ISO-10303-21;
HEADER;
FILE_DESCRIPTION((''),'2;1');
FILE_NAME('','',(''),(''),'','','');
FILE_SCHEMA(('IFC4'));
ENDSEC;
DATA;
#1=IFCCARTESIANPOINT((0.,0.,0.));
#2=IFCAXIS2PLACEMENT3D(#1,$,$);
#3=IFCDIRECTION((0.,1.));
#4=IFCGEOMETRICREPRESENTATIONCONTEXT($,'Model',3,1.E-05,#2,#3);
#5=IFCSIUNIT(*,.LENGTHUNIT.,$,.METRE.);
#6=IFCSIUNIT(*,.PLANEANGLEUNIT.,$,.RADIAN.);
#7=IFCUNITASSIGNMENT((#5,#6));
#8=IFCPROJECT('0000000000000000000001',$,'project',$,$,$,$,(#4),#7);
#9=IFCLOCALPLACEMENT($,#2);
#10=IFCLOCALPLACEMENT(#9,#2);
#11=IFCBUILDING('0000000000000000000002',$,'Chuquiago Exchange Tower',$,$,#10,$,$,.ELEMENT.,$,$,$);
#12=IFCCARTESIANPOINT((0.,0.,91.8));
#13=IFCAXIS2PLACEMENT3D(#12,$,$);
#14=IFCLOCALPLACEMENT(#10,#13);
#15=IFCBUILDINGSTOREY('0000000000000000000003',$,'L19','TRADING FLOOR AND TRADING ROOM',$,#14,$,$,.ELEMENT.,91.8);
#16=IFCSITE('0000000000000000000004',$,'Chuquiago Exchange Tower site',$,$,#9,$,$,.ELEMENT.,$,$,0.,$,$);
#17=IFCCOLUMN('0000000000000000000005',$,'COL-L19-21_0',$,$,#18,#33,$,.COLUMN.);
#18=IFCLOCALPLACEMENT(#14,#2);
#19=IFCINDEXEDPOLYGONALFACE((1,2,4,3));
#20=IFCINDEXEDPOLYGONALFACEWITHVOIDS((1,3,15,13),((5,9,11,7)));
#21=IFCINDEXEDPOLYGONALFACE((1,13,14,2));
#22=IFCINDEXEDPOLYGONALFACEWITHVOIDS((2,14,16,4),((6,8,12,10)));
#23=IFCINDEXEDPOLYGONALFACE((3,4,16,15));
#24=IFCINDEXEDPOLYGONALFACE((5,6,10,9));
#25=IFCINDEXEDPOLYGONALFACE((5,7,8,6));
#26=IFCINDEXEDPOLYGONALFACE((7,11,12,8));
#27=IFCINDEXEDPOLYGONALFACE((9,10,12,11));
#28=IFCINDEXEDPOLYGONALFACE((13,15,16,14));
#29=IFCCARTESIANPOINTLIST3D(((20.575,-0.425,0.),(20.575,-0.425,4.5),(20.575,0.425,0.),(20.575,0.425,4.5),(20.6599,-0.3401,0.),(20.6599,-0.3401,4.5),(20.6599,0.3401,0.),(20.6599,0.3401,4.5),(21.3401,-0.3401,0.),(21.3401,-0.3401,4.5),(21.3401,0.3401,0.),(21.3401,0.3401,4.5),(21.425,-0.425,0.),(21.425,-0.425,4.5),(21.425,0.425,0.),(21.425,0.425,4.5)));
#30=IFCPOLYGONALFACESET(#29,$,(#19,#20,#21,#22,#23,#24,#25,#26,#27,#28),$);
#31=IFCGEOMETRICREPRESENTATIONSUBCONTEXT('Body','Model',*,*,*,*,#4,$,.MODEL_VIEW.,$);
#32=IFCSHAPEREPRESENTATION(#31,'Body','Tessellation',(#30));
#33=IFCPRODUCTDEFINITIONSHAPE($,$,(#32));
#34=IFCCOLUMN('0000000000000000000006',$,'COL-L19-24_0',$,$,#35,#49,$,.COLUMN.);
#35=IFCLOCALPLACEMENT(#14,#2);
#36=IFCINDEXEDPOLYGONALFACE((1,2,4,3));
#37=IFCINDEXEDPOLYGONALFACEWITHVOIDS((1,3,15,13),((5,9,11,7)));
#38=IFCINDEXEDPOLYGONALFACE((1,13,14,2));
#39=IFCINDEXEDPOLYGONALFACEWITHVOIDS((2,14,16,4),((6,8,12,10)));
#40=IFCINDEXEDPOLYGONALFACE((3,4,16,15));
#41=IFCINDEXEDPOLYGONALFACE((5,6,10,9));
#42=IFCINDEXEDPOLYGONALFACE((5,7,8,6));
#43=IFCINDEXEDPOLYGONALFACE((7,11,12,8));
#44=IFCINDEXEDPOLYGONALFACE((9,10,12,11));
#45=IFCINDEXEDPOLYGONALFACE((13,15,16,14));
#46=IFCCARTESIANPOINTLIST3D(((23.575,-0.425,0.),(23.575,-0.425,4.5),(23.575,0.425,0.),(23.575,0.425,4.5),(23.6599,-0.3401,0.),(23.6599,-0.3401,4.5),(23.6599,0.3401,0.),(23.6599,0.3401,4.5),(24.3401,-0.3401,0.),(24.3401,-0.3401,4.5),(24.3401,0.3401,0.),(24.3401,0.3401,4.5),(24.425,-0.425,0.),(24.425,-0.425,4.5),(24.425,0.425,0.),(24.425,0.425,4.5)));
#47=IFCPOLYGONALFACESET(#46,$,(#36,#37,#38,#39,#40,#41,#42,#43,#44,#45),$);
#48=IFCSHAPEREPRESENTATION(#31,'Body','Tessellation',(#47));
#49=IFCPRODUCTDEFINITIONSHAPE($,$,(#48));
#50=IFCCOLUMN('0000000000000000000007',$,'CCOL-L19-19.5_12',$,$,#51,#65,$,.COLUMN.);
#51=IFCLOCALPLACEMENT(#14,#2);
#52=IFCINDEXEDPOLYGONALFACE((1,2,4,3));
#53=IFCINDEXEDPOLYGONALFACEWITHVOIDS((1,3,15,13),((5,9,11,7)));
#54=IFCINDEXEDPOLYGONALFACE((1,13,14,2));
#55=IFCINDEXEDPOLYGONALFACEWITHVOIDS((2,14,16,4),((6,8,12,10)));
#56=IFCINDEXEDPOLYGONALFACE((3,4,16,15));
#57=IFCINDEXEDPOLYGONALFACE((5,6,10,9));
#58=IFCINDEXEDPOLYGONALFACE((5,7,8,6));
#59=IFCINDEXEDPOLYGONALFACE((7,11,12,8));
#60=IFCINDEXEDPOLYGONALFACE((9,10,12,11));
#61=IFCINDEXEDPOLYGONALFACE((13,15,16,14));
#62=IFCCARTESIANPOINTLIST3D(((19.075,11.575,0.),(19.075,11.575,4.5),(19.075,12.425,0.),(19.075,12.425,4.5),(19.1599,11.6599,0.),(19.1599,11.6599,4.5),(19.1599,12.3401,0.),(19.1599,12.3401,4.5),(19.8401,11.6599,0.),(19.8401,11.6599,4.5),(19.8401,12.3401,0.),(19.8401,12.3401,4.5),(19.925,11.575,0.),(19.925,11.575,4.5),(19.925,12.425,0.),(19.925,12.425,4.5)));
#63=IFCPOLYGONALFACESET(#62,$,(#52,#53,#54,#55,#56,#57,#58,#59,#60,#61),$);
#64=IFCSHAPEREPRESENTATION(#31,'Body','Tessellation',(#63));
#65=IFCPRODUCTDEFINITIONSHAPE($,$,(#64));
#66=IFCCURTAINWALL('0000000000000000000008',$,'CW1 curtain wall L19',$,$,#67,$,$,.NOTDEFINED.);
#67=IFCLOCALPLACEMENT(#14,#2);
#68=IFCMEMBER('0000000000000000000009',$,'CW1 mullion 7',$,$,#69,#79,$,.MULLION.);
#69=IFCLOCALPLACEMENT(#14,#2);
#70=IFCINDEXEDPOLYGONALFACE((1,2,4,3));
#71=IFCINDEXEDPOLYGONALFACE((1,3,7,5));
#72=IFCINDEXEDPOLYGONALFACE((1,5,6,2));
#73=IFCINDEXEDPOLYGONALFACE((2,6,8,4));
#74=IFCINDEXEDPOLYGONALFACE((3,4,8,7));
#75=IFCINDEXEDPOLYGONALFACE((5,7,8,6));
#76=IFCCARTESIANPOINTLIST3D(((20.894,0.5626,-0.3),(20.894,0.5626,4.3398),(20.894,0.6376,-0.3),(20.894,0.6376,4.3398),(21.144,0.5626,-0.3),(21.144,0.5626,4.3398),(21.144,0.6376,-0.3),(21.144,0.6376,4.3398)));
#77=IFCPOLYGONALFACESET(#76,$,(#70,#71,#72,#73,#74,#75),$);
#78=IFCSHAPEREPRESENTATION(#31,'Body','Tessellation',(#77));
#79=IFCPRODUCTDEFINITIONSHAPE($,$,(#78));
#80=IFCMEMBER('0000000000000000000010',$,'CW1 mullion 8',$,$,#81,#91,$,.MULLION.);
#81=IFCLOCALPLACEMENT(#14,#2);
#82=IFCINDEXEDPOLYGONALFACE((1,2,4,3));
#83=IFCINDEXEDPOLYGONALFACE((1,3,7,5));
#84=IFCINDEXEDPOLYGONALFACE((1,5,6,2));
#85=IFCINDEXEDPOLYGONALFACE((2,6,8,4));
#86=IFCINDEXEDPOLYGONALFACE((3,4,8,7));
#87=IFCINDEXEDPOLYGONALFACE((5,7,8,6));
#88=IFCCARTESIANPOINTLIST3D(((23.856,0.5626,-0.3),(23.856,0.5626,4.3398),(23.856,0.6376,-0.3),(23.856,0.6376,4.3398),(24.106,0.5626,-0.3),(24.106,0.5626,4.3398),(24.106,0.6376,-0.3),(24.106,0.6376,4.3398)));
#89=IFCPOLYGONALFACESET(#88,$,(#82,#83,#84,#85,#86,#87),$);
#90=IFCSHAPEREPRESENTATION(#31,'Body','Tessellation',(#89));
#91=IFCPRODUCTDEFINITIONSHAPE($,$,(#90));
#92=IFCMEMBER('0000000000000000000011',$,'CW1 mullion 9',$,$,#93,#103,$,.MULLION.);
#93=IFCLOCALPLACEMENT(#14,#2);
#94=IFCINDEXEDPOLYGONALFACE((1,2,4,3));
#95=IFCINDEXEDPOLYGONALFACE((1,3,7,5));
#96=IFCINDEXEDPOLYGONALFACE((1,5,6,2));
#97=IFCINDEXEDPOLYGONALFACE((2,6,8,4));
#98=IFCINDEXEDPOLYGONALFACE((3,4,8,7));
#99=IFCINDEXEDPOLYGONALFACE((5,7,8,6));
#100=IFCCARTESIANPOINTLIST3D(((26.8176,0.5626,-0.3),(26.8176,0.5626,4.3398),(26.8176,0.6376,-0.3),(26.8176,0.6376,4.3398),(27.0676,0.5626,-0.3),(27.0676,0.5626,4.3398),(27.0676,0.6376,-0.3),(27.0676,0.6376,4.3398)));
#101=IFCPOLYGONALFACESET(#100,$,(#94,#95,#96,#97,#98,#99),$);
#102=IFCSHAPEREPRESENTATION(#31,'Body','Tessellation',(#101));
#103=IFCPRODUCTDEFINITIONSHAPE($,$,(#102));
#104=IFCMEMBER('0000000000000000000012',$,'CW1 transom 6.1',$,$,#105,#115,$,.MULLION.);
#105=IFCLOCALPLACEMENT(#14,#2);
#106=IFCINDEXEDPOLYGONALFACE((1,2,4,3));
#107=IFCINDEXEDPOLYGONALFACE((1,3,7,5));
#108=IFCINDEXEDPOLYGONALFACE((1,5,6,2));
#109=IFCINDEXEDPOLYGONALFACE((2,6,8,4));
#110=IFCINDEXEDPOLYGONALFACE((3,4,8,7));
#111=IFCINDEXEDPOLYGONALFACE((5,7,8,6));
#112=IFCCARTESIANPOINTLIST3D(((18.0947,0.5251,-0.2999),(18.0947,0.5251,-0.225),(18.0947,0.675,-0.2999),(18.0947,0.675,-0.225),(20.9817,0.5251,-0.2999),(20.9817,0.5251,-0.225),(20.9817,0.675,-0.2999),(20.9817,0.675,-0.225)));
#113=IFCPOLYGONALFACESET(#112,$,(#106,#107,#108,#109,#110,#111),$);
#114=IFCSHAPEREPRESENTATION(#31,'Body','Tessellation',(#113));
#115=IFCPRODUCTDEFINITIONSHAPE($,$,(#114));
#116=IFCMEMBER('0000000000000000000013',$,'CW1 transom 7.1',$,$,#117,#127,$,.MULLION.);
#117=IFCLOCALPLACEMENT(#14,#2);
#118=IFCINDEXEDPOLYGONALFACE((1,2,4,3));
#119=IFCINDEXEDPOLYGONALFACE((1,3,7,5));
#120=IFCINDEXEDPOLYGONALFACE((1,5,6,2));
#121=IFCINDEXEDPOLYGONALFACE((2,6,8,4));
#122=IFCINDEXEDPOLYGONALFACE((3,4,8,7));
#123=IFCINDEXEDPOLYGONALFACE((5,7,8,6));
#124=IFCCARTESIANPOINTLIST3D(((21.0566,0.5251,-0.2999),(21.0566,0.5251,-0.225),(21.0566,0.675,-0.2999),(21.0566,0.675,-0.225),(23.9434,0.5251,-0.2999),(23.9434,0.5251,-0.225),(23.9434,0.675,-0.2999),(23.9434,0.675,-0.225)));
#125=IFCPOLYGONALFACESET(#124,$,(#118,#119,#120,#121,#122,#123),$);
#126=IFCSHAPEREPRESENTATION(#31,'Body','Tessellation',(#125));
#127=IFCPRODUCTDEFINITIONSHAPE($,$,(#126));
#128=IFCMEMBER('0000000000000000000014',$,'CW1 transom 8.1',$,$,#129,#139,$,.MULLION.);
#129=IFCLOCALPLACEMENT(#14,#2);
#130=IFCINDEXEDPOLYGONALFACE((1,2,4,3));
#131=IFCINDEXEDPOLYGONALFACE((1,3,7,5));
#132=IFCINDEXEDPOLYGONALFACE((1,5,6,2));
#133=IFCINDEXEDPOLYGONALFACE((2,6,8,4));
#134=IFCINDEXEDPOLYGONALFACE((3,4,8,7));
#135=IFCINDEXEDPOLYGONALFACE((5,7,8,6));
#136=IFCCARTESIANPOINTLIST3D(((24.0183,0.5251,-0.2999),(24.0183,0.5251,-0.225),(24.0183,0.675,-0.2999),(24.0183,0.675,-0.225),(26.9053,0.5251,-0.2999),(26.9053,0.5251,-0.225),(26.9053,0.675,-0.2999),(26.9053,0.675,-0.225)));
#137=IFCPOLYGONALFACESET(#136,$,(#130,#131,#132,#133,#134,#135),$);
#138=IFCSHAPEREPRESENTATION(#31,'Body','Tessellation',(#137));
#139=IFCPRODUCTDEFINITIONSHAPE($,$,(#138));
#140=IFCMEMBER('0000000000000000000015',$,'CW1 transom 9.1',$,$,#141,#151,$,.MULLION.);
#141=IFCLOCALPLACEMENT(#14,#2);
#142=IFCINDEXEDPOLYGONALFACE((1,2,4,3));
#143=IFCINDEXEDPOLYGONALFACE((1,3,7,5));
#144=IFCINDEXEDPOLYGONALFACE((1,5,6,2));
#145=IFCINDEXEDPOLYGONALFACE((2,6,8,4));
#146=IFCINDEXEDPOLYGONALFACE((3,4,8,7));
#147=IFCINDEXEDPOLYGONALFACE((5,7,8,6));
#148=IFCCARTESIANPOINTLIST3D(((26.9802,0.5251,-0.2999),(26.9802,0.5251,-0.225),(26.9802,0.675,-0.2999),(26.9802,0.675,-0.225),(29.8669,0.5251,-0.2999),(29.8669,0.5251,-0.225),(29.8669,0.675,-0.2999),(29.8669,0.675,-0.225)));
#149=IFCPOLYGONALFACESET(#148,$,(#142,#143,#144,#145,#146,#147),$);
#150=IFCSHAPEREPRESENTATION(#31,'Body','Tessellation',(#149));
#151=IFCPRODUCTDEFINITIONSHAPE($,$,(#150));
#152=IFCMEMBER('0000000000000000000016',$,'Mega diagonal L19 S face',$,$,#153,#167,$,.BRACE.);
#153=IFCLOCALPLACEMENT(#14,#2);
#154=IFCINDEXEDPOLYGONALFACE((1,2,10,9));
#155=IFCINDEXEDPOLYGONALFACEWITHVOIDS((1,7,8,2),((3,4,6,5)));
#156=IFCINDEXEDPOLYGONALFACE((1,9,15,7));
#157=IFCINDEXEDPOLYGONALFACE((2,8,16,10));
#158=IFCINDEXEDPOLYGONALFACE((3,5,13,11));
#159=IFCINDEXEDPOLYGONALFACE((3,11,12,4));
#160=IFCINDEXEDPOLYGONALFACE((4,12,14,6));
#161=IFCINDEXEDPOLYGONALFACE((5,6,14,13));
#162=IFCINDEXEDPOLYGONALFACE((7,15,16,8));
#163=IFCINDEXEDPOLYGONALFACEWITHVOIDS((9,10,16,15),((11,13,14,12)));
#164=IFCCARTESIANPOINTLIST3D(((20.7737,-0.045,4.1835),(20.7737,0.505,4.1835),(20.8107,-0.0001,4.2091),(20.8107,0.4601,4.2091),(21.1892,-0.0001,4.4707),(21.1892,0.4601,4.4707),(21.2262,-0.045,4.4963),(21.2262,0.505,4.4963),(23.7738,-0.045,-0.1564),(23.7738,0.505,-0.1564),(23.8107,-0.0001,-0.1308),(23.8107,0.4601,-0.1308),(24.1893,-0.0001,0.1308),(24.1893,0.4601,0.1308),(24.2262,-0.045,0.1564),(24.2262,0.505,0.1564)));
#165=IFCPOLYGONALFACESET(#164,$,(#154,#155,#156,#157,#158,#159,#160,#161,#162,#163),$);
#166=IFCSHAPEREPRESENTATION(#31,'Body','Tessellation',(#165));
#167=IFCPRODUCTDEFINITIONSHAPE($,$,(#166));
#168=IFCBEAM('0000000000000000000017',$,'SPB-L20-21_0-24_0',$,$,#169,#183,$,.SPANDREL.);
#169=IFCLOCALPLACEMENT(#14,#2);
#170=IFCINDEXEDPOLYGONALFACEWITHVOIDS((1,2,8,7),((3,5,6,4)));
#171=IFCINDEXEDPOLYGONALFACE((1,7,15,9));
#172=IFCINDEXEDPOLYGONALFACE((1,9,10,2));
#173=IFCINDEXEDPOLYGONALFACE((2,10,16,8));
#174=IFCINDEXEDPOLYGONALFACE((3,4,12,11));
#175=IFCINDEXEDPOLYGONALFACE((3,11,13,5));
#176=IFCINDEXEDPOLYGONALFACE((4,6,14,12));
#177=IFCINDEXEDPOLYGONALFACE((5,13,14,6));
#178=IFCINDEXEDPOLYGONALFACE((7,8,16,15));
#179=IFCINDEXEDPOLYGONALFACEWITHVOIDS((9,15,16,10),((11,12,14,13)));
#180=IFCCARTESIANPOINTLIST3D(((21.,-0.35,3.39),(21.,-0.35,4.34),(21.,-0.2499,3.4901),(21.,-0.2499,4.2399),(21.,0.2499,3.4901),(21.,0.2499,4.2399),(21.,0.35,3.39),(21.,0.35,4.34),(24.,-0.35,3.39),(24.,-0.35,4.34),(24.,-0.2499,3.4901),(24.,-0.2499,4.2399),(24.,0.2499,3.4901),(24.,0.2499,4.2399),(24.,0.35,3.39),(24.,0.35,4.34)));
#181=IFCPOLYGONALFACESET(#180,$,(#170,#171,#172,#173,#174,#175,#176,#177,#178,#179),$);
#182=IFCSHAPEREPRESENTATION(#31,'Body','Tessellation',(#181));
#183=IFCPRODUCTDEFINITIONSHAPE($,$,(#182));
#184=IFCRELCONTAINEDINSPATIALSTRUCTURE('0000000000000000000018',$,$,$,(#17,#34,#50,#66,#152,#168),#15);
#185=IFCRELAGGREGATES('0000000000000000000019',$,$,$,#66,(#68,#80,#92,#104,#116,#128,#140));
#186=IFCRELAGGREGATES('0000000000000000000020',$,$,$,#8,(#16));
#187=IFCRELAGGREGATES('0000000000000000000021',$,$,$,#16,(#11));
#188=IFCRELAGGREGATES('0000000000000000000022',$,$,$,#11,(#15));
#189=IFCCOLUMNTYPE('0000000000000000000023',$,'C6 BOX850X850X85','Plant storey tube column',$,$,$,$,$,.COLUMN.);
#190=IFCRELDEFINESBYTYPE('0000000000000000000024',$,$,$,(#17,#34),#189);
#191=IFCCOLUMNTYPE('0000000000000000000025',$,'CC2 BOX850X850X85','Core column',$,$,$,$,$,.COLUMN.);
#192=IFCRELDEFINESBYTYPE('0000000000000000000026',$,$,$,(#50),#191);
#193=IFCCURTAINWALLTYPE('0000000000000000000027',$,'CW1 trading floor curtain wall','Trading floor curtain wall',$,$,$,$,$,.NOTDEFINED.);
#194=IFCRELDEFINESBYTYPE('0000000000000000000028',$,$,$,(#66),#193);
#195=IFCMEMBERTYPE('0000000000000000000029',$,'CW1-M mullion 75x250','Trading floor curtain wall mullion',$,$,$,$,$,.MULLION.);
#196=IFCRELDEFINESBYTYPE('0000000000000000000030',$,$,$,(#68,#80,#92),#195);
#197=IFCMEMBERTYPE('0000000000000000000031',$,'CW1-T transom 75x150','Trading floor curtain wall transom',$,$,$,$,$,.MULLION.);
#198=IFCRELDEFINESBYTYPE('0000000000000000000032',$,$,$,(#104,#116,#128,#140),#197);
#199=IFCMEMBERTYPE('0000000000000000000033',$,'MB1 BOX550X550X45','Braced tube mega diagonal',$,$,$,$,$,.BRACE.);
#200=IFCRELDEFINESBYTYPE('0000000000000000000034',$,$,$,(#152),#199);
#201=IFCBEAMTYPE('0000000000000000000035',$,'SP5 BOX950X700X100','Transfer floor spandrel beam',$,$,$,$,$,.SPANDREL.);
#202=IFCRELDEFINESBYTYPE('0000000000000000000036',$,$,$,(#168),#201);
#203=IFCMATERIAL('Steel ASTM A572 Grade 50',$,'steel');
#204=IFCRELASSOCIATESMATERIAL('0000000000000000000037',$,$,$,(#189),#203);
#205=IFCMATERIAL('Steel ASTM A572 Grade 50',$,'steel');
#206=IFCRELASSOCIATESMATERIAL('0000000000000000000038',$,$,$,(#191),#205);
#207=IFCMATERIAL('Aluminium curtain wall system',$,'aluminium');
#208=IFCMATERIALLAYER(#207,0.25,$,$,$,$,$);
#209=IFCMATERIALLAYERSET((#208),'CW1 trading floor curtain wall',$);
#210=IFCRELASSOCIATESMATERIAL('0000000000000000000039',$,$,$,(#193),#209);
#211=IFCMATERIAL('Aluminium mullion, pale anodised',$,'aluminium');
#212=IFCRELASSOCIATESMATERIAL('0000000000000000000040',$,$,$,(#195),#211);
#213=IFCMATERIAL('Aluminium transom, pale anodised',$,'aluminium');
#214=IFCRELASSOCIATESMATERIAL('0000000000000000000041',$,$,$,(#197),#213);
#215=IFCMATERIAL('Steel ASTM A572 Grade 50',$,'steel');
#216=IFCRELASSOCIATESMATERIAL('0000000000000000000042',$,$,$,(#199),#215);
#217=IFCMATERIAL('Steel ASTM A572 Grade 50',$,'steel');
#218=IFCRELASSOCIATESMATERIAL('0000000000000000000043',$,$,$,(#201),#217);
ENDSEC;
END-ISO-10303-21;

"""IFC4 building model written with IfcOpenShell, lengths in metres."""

from ifc_helpers import new_model, si_unit, direction, frame, origin, origin_2d, place, context, subcontext, project, spatial, rectangle, hollow_rectangle, extrude, material, layer, layer_set, material_profile, profile_set, type_object, element, aggregate, save


model = new_model("IFC4")

# Units and contexts
model_context = context("Model", 3, precision=1e-05, world=origin(), true_north=direction((0.0, 1.0)))
body_context = subcontext(model_context, "Body", "Model", "MODEL_VIEW")
ifc_project = project(units=[si_unit("LENGTHUNIT", "METRE"), si_unit("PLANEANGLEUNIT", "RADIAN")], contexts=[model_context])

# Site, building, storey
site_placement = place(None, origin())
site = spatial("IfcSite", under=ifc_project, at=site_placement, Name="Chuquiago Exchange Tower site", CompositionType="ELEMENT", RefElevation=0.0)
building_placement = place(site_placement, origin())
building = spatial("IfcBuilding", under=site, at=building_placement, Name="Chuquiago Exchange Tower", CompositionType="ELEMENT")
storey_placement = place(building_placement, frame((0.0, 0.0, 91.8)))
storey = spatial("IfcBuildingStorey", under=building, at=storey_placement, Name="L19", Description="TRADING FLOOR AND TRADING ROOM", CompositionType="ELEMENT", Elevation=91.8)

# Columns
ifc_material_1 = material(Name="Steel ASTM A572 Grade 50", Category="steel")
ifc_material_profile_1 = material_profile(ifc_material_1, hollow_rectangle(XDim=0.8501, YDim=0.8501, WallThickness=0.085, at=origin_2d()), Name="BOX850X850X85")
ifc_profile_set_1 = profile_set([ifc_material_profile_1], Name="Steel ASTM A572 Grade 50")
column_type_1 = type_object("IfcColumnType", Name="C6 BOX850X850X85", Description="Plant storey tube column", PredefinedType="COLUMN", material=ifc_profile_set_1)
for number, where, z_axis, x_axis, name in (
    (1, (21.0, 0.0, 0.0), (0.0, 0.0, 1.0), (0.0, -1.0, 0.0), "COL-L19-21_0"),
    (2, (24.0, 0.0, 0.0), (0.0, 0.0, 1.0), (0.0, -1.0, 0.0), "COL-L19-24_0"),
):
    element("IfcColumn", number, at=place(storey_placement, frame(where, z_axis=z_axis, x_axis=x_axis)), inside=storey, type_object=column_type_1, Name=name, PredefinedType="COLUMN", context=body_context, shape_type="SweptSolid", body=[
        extrude(hollow_rectangle(XDim=0.8501, YDim=0.8501, WallThickness=0.085, at=origin_2d()), origin(), (0.0, 0.0, 1.0), 4.5),
    ])
ifc_material_2 = material(Name="Steel ASTM A572 Grade 50", Category="steel")
ifc_material_profile_2 = material_profile(ifc_material_2, hollow_rectangle(XDim=0.8501, YDim=0.8501, WallThickness=0.085, at=origin_2d()), Name="BOX850X850X85")
ifc_profile_set_2 = profile_set([ifc_material_profile_2], Name="Steel ASTM A572 Grade 50")
column_type_2 = type_object("IfcColumnType", Name="CC2 BOX850X850X85", Description="Core column", PredefinedType="COLUMN", material=ifc_profile_set_2)
column_placement = place(storey_placement, frame((19.5, 12.0, 0.0), z_axis=(0.0, 0.0, 1.0), x_axis=(1.0, 0.0, 0.0)))
element("IfcColumn", 3, at=column_placement, inside=storey, type_object=column_type_2, Name="CCOL-L19-19.5_12", PredefinedType="COLUMN", context=body_context, shape_type="SweptSolid", body=[
    extrude(hollow_rectangle(XDim=0.8501, YDim=0.8501, WallThickness=0.085, at=origin_2d()), origin(), (0.0, 0.0, 1.0), 4.5),
])

# Curtain wall, members
ifc_material_3 = material(Name="Aluminium curtain wall system", Category="aluminium")
ifc_layer_1 = layer(ifc_material_3, 0.25)
ifc_layer_set_1 = layer_set([ifc_layer_1], Name="CW1 trading floor curtain wall")
curtain_wall_type = type_object("IfcCurtainWallType", Name="CW1 trading floor curtain wall", Description="Trading floor curtain wall", PredefinedType="NOTDEFINED", material=ifc_layer_set_1)
curtain_wall_placement = place(storey_placement, origin())
curtain_wall = element("IfcCurtainWall", 4, at=curtain_wall_placement, inside=storey, type_object=curtain_wall_type, Name="CW1 curtain wall L19", PredefinedType="NOTDEFINED")
ifc_material_4 = material(Name="Aluminium mullion, pale anodised", Category="aluminium")
ifc_material_profile_3 = material_profile(ifc_material_4, rectangle(XDim=0.075, YDim=0.25, at=origin_2d()), Name="AL 75x250")
ifc_profile_set_3 = profile_set([ifc_material_profile_3], Name="Aluminium mullion, pale anodised")
member_type_1 = type_object("IfcMemberType", Name="CW1-M mullion 75x250", Description="Trading floor curtain wall mullion", PredefinedType="MULLION", material=ifc_profile_set_3)
member_1_placement = place(storey_placement, frame((21.019, 0.6001, -0.3), z_axis=(0.0, 0.0, 1.0), x_axis=(0.0, 1.0, 0.0)))
member_1 = element("IfcMember", 5, at=member_1_placement, type_object=member_type_1, Name="CW1 mullion 7", PredefinedType="MULLION", context=body_context, shape_type="SweptSolid", body=[
    extrude(rectangle(XDim=0.075, YDim=0.25, at=origin_2d()), origin(), (0.0, 0.0, 1.0), 4.6399),
])
member_2_placement = place(storey_placement, frame((23.981, 0.6001, -0.3), z_axis=(0.0, 0.0, 1.0), x_axis=(0.0, 1.0, 0.0)))
member_2 = element("IfcMember", 6, at=member_2_placement, type_object=member_type_1, Name="CW1 mullion 8", PredefinedType="MULLION", context=body_context, shape_type="SweptSolid", body=[
    extrude(rectangle(XDim=0.075, YDim=0.25, at=origin_2d()), origin(), (0.0, 0.0, 1.0), 4.6399),
])
member_3_placement = place(storey_placement, frame((26.9426, 0.6001, -0.3), z_axis=(0.0, 0.0, 1.0), x_axis=(0.0, 1.0, 0.0)))
member_3 = element("IfcMember", 7, at=member_3_placement, type_object=member_type_1, Name="CW1 mullion 9", PredefinedType="MULLION", context=body_context, shape_type="SweptSolid", body=[
    extrude(rectangle(XDim=0.075, YDim=0.25, at=origin_2d()), origin(), (0.0, 0.0, 1.0), 4.6399),
])
ifc_material_5 = material(Name="Aluminium transom, pale anodised", Category="aluminium")
ifc_material_profile_4 = material_profile(ifc_material_5, rectangle(XDim=0.1499, YDim=0.075, at=origin_2d()), Name="AL 150x75")
ifc_profile_set_4 = profile_set([ifc_material_profile_4], Name="Aluminium transom, pale anodised")
member_type_2 = type_object("IfcMemberType", Name="CW1-T transom 75x150", Description="Trading floor curtain wall transom", PredefinedType="MULLION", material=ifc_profile_set_4)
member_4_placement = place(storey_placement, frame((18.0947, 0.6001, -0.2625), z_axis=(1.0, 0.0, 0.0), x_axis=(0.0, 1.0, 0.0)))
member_4 = element("IfcMember", 8, at=member_4_placement, type_object=member_type_2, Name="CW1 transom 6.1", PredefinedType="MULLION", context=body_context, shape_type="SweptSolid", body=[
    extrude(rectangle(XDim=0.1499, YDim=0.075, at=origin_2d()), origin(), (0.0, 0.0, 1.0), 2.887),
])
member_5_placement = place(storey_placement, frame((21.0566, 0.6001, -0.2625), z_axis=(1.0, 0.0, 0.0), x_axis=(0.0, 1.0, 0.0)))
member_5 = element("IfcMember", 9, at=member_5_placement, type_object=member_type_2, Name="CW1 transom 7.1", PredefinedType="MULLION", context=body_context, shape_type="SweptSolid", body=[
    extrude(rectangle(XDim=0.1499, YDim=0.075, at=origin_2d()), origin(), (0.0, 0.0, 1.0), 2.8867),
])
member_6_placement = place(storey_placement, frame((24.0183, 0.6001, -0.2625), z_axis=(1.0, 0.0, 0.0), x_axis=(0.0, 1.0, 0.0)))
member_6 = element("IfcMember", 10, at=member_6_placement, type_object=member_type_2, Name="CW1 transom 8.1", PredefinedType="MULLION", context=body_context, shape_type="SweptSolid", body=[
    extrude(rectangle(XDim=0.1499, YDim=0.075, at=origin_2d()), origin(), (0.0, 0.0, 1.0), 2.887),
])
member_7_placement = place(storey_placement, frame((26.9802, 0.6001, -0.2625), z_axis=(1.0, 0.0, 0.0), x_axis=(0.0, 1.0, 0.0)))
member_7 = element("IfcMember", 11, at=member_7_placement, type_object=member_type_2, Name="CW1 transom 9.1", PredefinedType="MULLION", context=body_context, shape_type="SweptSolid", body=[
    extrude(rectangle(XDim=0.1499, YDim=0.075, at=origin_2d()), origin(), (0.0, 0.0, 1.0), 2.8867),
])

# Member
ifc_material_6 = material(Name="Steel ASTM A572 Grade 50", Category="steel")
ifc_material_profile_5 = material_profile(ifc_material_6, hollow_rectangle(XDim=0.55, YDim=0.55, WallThickness=0.0449, at=origin_2d()), Name="BOX550X550X45")
ifc_profile_set_5 = profile_set([ifc_material_profile_5], Name="Steel ASTM A572 Grade 50")
member_type_3 = type_object("IfcMemberType", Name="MB1 BOX550X550X45", Description="Braced tube mega diagonal", PredefinedType="BRACE", material=ifc_profile_set_5)
member_8_placement = place(storey_placement, frame((24.0, 0.23, 0.0), z_axis=(-0.568632, 0.0, 0.822592), x_axis=(0.0, -1.0, 0.0)))
element("IfcMember", 12, at=member_8_placement, inside=storey, type_object=member_type_3, Name="Mega diagonal L19 S face", PredefinedType="BRACE", context=body_context, shape_type="SweptSolid", body=[
    extrude(hollow_rectangle(XDim=0.55, YDim=0.55, WallThickness=0.0449, at=origin_2d()), origin(), (0.0, 0.0, 1.0), 5.2759),
])

# Beam
ifc_material_7 = material(Name="Steel ASTM A572 Grade 50", Category="steel")
ifc_material_profile_6 = material_profile(ifc_material_7, hollow_rectangle(XDim=0.7, YDim=0.95, WallThickness=0.1001, at=origin_2d()), Name="BOX950X700X100")
ifc_profile_set_6 = profile_set([ifc_material_profile_6], Name="Steel ASTM A572 Grade 50")
beam_type = type_object("IfcBeamType", Name="SP5 BOX950X700X100", Description="Transfer floor spandrel beam", PredefinedType="SPANDREL", material=ifc_profile_set_6)
for number, where, z_axis, x_axis, name in (
    (13, (21.0, 0.0, 3.865), (1.0, 0.0, 0.0), (0.0, 1.0, 0.0), "SPB-L20-21_0-24_0"),
):
    element("IfcBeam", number, at=place(storey_placement, frame(where, z_axis=z_axis, x_axis=x_axis)), inside=storey, type_object=beam_type, Name=name, PredefinedType="SPANDREL", context=body_context, shape_type="SweptSolid", body=[
        extrude(hollow_rectangle(XDim=0.7, YDim=0.95, WallThickness=0.1001, at=origin_2d()), origin(), (0.0, 0.0, 1.0), 3.0),
    ])

aggregate(curtain_wall, [member_1, member_2, member_3, member_4, member_5, member_6, member_7])

save(model, "model.ifc")
